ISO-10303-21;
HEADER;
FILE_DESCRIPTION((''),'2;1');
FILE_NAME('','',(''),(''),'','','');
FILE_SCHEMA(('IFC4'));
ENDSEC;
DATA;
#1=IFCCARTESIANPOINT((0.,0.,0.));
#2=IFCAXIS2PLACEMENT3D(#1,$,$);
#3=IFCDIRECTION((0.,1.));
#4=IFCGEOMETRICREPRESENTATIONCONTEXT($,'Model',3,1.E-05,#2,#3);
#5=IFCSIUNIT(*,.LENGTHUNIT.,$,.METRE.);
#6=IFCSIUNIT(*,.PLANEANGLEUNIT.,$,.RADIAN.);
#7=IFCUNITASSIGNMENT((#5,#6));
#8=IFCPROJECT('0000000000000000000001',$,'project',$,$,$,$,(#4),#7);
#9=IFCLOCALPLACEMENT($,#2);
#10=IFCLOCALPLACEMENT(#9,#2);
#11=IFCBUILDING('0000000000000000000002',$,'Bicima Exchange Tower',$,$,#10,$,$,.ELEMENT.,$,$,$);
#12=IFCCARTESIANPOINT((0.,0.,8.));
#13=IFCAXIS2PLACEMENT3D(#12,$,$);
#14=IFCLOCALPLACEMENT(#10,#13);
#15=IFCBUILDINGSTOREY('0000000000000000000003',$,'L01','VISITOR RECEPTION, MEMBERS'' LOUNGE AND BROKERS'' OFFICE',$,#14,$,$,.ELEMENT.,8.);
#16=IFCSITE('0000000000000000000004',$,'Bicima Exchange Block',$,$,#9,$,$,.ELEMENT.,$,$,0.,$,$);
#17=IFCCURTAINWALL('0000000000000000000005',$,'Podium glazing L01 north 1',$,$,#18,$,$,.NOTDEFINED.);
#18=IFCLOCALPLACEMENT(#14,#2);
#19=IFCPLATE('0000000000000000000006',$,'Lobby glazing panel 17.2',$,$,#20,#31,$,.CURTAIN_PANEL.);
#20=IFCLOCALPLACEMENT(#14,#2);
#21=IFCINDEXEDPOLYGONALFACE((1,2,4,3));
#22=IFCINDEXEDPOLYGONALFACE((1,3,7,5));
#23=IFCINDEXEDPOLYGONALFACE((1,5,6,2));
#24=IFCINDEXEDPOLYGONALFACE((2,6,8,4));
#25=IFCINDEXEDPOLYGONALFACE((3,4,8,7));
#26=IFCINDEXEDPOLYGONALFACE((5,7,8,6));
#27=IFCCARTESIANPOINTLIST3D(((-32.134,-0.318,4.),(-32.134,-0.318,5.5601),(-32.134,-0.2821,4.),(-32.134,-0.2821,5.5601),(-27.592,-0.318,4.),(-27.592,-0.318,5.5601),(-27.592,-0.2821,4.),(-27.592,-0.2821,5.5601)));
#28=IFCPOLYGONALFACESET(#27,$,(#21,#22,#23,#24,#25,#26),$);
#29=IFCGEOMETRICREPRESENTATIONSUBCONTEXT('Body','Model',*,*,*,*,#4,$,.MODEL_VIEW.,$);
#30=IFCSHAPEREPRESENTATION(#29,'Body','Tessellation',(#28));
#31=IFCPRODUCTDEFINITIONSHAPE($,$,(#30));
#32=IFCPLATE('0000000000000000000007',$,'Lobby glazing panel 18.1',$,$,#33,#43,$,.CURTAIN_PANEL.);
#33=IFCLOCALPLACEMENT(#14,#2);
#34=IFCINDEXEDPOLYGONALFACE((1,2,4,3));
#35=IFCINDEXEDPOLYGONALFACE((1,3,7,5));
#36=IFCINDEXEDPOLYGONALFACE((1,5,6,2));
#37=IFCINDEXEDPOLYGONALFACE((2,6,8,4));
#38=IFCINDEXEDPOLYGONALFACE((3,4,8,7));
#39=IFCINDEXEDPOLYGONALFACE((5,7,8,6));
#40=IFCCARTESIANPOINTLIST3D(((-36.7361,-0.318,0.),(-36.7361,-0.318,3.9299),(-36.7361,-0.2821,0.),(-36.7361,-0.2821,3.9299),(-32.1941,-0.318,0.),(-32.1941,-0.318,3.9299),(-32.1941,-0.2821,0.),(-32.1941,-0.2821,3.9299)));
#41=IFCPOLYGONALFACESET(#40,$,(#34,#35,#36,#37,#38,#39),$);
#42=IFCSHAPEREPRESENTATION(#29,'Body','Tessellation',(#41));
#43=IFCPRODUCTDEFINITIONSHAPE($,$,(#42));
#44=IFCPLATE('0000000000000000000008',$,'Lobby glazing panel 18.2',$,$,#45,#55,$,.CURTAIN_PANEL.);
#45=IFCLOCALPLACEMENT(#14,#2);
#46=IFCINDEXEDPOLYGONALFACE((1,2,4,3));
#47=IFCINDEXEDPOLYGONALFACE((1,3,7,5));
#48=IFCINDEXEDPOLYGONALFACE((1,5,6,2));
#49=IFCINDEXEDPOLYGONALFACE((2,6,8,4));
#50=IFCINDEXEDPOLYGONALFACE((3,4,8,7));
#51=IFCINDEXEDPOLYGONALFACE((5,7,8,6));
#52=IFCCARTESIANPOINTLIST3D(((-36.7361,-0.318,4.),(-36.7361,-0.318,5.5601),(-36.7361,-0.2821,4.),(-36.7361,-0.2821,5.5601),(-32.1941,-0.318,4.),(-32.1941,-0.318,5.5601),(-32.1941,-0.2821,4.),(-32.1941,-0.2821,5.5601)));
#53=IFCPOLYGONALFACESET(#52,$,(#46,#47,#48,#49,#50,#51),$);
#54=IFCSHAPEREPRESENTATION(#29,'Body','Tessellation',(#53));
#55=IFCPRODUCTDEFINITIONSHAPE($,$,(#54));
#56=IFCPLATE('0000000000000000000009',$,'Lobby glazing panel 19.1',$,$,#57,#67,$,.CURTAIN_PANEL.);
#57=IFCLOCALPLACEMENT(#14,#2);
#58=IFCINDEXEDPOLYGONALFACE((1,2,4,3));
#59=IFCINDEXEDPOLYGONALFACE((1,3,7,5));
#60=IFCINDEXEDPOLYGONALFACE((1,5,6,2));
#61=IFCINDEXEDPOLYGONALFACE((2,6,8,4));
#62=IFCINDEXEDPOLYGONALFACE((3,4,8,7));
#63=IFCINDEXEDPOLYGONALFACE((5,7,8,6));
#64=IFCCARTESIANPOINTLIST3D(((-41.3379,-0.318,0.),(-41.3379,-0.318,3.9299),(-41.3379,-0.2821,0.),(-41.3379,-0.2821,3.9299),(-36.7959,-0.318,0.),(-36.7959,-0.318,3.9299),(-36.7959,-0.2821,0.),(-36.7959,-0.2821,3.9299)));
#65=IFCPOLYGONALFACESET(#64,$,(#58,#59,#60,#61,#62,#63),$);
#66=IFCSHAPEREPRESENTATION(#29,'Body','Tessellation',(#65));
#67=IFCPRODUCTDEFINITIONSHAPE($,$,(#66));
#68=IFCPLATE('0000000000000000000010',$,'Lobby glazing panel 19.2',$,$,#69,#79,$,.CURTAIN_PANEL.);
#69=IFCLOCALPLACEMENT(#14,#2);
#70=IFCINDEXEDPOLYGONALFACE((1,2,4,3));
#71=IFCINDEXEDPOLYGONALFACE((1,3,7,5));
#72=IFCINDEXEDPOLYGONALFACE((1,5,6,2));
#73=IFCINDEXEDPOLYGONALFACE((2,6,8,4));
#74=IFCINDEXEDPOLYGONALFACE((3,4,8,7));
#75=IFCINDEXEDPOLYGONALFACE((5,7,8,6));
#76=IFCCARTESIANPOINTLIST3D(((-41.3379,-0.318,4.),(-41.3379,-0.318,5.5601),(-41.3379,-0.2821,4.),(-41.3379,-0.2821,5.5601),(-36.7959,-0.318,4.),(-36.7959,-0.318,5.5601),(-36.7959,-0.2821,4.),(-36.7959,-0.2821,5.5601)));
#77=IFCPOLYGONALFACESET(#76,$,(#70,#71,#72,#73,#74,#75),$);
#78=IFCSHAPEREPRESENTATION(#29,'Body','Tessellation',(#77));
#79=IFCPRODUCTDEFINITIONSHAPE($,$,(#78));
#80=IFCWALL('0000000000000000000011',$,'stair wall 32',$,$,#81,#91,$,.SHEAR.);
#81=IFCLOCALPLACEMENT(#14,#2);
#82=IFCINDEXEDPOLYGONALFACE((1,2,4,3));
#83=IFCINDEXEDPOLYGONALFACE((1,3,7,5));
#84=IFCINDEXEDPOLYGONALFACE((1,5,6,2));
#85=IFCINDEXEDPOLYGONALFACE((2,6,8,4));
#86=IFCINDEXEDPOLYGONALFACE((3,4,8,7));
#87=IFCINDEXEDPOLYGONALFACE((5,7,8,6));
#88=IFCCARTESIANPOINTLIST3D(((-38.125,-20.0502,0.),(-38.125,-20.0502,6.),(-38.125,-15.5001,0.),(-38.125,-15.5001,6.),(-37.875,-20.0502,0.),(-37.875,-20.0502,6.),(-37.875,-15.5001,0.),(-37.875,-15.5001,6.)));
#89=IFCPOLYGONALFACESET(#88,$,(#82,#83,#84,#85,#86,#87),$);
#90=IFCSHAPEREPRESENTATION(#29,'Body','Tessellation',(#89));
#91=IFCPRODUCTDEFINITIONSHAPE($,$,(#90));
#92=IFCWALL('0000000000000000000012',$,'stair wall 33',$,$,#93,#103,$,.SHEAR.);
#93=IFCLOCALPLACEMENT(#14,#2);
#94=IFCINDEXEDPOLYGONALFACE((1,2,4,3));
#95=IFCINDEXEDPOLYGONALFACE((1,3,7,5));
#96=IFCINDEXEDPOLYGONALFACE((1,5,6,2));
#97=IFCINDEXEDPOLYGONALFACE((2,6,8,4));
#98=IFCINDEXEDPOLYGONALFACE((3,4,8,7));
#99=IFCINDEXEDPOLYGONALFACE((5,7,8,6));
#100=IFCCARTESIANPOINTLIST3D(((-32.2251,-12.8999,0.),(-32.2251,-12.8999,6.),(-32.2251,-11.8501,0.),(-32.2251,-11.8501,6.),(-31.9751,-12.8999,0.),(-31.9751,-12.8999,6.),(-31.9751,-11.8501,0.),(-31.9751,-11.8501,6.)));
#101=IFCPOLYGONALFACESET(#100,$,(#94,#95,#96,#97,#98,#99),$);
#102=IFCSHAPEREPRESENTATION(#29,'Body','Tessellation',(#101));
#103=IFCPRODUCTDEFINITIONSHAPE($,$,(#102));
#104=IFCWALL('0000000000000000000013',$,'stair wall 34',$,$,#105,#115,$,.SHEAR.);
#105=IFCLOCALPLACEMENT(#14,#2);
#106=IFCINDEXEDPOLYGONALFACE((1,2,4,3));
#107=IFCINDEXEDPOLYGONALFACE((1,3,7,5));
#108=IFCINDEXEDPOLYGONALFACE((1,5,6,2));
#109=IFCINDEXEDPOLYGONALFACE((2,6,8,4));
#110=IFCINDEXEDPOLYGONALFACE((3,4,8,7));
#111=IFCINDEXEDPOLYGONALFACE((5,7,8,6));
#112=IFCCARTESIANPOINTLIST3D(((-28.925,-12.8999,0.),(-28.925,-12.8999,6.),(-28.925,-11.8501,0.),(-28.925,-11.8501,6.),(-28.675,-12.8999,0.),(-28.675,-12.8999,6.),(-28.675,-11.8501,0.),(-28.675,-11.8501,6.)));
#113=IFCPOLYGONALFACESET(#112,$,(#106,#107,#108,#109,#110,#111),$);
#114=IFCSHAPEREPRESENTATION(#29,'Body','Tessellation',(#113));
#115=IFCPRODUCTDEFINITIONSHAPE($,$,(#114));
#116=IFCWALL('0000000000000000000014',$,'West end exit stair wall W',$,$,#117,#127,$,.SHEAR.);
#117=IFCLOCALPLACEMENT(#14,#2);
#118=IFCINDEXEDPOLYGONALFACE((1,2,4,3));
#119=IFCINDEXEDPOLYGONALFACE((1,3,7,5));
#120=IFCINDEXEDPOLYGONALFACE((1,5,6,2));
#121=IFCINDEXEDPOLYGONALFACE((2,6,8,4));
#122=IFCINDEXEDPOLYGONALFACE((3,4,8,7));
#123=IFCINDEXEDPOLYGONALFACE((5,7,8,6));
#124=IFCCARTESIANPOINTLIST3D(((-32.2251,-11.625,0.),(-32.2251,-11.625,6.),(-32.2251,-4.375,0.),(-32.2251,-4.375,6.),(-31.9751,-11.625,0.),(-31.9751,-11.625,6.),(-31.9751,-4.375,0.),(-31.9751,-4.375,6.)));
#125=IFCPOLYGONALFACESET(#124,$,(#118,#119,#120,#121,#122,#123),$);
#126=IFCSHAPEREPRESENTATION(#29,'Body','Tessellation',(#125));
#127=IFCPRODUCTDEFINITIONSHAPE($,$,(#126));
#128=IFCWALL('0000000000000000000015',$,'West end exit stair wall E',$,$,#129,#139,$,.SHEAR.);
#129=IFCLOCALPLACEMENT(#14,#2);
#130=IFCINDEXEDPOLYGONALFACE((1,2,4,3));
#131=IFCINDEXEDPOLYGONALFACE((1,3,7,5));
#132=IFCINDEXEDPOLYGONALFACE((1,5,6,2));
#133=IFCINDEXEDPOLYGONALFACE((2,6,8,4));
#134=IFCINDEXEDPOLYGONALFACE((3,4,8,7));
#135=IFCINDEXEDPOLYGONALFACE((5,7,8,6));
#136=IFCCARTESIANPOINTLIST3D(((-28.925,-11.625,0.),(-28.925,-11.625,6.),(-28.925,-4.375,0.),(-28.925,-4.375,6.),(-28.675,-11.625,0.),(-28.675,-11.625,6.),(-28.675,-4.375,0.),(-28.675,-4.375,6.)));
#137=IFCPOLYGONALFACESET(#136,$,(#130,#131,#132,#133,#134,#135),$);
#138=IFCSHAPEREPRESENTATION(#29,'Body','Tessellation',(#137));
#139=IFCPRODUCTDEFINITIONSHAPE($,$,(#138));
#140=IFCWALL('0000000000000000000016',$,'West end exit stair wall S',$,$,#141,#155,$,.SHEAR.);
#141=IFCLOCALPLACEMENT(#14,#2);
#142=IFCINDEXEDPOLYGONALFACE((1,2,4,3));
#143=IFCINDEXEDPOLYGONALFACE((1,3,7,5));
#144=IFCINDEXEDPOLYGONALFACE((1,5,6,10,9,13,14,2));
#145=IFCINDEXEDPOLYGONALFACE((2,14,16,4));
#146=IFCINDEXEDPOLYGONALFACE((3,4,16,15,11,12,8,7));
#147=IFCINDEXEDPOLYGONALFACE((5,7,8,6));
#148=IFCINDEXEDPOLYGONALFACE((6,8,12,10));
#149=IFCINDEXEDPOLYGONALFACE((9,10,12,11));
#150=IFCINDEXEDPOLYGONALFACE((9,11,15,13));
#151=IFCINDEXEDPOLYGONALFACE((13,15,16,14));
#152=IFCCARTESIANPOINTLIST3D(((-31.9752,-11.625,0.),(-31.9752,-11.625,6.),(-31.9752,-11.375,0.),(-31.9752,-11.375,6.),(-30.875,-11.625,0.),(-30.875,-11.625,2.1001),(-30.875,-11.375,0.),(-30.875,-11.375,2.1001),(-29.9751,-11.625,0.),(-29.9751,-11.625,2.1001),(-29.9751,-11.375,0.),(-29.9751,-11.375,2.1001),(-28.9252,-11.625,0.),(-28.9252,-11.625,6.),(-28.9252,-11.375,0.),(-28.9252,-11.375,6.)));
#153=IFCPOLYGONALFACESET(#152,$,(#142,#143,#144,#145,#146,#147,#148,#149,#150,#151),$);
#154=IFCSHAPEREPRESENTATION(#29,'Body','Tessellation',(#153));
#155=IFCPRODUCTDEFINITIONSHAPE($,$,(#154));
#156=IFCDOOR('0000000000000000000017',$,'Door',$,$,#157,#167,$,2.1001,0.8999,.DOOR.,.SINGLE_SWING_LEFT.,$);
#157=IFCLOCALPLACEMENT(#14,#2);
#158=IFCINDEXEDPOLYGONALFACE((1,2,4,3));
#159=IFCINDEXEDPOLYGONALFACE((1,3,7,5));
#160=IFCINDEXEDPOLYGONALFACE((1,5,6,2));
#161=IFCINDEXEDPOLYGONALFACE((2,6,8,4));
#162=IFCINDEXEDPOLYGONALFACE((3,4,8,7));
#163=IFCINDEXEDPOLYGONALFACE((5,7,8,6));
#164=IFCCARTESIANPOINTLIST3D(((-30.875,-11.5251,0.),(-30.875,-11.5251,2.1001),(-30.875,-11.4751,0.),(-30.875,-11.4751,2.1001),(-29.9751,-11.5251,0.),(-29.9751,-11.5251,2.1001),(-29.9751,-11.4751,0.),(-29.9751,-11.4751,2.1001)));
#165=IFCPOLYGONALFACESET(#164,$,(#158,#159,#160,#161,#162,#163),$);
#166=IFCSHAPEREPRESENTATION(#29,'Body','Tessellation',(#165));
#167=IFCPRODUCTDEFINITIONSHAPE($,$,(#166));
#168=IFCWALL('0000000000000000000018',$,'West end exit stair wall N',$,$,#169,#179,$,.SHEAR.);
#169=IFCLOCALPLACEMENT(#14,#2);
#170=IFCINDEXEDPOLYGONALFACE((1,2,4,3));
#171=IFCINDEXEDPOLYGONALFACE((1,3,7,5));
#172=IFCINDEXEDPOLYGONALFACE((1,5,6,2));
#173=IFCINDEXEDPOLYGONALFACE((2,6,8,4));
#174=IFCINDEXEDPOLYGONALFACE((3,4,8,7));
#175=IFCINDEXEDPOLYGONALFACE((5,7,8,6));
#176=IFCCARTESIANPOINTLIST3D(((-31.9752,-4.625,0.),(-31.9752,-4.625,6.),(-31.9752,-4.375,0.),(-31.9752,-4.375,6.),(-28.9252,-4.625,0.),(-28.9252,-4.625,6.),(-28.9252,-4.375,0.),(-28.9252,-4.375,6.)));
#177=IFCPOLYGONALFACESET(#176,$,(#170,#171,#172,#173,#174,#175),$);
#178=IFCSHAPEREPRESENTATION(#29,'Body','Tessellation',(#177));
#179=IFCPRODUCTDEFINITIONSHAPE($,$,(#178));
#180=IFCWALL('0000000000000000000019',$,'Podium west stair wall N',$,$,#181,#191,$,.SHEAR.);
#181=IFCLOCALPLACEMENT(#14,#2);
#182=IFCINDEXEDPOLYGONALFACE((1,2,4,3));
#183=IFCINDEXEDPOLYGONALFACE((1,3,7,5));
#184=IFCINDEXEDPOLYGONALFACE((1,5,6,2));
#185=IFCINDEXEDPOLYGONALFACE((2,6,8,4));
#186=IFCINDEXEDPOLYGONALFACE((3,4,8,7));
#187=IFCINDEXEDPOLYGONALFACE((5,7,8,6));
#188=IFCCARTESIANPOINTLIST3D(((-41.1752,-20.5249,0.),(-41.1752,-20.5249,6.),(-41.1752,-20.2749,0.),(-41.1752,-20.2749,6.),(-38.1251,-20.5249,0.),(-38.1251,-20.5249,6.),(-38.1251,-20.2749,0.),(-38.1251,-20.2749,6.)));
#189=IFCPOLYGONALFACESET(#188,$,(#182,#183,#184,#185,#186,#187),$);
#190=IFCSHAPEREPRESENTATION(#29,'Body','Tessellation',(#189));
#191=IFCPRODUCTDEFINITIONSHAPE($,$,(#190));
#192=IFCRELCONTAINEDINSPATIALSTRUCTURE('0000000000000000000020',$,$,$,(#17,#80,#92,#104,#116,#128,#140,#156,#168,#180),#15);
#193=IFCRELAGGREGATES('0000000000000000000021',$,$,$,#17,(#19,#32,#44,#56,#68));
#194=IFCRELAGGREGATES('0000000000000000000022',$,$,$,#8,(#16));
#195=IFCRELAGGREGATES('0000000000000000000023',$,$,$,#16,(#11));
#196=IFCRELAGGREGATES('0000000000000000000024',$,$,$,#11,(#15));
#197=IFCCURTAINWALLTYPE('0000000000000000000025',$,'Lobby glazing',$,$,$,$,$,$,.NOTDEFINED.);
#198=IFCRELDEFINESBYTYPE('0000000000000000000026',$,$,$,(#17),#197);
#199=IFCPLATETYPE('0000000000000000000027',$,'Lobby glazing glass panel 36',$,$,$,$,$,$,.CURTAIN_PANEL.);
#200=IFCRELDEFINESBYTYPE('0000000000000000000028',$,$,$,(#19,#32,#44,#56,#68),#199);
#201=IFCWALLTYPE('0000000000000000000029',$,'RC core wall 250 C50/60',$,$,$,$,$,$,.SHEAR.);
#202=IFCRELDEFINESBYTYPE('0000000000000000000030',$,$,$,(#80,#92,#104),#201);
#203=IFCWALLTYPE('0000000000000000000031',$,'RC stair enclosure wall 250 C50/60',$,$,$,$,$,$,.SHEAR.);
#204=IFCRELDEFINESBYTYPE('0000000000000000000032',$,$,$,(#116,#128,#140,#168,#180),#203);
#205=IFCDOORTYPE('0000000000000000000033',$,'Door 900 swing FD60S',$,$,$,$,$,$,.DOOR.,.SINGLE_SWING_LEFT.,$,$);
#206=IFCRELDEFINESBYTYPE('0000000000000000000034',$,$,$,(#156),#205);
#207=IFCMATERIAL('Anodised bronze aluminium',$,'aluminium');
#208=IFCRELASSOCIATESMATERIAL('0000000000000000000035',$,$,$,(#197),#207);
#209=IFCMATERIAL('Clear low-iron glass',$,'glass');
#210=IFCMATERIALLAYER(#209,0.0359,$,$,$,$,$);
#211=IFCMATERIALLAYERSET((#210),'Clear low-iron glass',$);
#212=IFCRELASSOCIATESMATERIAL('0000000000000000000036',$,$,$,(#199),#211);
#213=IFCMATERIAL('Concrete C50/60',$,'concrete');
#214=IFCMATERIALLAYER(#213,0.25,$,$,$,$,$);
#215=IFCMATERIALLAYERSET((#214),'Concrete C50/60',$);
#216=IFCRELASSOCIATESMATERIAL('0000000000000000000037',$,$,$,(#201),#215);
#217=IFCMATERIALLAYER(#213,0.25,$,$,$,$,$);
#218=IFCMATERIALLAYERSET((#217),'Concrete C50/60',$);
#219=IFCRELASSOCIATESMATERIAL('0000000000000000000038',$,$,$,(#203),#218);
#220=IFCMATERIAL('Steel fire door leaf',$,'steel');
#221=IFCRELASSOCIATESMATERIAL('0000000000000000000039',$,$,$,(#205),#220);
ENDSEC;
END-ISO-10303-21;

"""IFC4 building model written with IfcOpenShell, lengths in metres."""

from ifc_helpers import new_model, si_unit, direction, frame, frame_2d, origin, origin_2d, place, context, subcontext, project, spatial, rectangle, extrude, material, layer, layer_set, type_object, element, fill, aggregate, save


model = new_model("IFC4")

# Units and contexts
model_context = context("Model", 3, precision=1e-05, world=origin(), true_north=direction((0.0, 1.0)))
body_context = subcontext(model_context, "Body", "Model", "MODEL_VIEW")
ifc_project = project(units=[si_unit("LENGTHUNIT", "METRE"), si_unit("PLANEANGLEUNIT", "RADIAN")], contexts=[model_context])

# Site, building, storey
site_placement = place(None, origin())
site = spatial("IfcSite", under=ifc_project, at=site_placement, Name="Bicima Exchange Block", CompositionType="ELEMENT", RefElevation=0.0)
building_placement = place(site_placement, origin())
building = spatial("IfcBuilding", under=site, at=building_placement, Name="Bicima Exchange Tower", CompositionType="ELEMENT")
storey_placement = place(building_placement, frame((0.0, 0.0, 8.0)))
storey = spatial("IfcBuildingStorey", under=building, at=storey_placement, Name="L01", Description="VISITOR RECEPTION, MEMBERS' LOUNGE AND BROKERS' OFFICE", CompositionType="ELEMENT", Elevation=8.0)

# Curtain wall, plates
ifc_material_1 = material(Name="Anodised bronze aluminium", Category="aluminium")
curtain_wall_type = type_object("IfcCurtainWallType", Name="Lobby glazing", PredefinedType="NOTDEFINED", material=ifc_material_1)
curtain_wall_placement = place(storey_placement, origin())
curtain_wall = element("IfcCurtainWall", 1, at=curtain_wall_placement, inside=storey, type_object=curtain_wall_type, Name="Podium glazing L01 north 1", PredefinedType="NOTDEFINED")
ifc_material_2 = material(Name="Clear low-iron glass", Category="glass")
ifc_layer_1 = layer(ifc_material_2, 0.0359)
ifc_layer_set_1 = layer_set([ifc_layer_1], Name="Clear low-iron glass")
plate_type = type_object("IfcPlateType", Name="Lobby glazing glass panel 36", PredefinedType="CURTAIN_PANEL", material=ifc_layer_set_1)
plate_1_placement = place(storey_placement, frame((-29.863, -0.3, 4.0), z_axis=(0.0, 0.0, 1.0), x_axis=(-1.0, 0.0, 0.0)))
plate_1 = element("IfcPlate", 2, at=plate_1_placement, type_object=plate_type, Name="Lobby glazing panel 17.2", PredefinedType="CURTAIN_PANEL", context=body_context, shape_type="SweptSolid", body=[
    extrude(rectangle(XDim=4.542, YDim=0.0359, at=origin_2d()), origin(), (0.0, 0.0, 1.0), 1.5601),
])
plate_2_placement = place(storey_placement, frame((-34.4651, -0.3, 0.0), z_axis=(0.0, 0.0, 1.0), x_axis=(-1.0, 0.0, 0.0)))
plate_2 = element("IfcPlate", 3, at=plate_2_placement, type_object=plate_type, Name="Lobby glazing panel 18.1", PredefinedType="CURTAIN_PANEL", context=body_context, shape_type="SweptSolid", body=[
    extrude(rectangle(XDim=4.542, YDim=0.0359, at=origin_2d()), origin(), (0.0, 0.0, 1.0), 3.9299),
])
plate_3_placement = place(storey_placement, frame((-34.4651, -0.3, 4.0), z_axis=(0.0, 0.0, 1.0), x_axis=(-1.0, 0.0, 0.0)))
plate_3 = element("IfcPlate", 4, at=plate_3_placement, type_object=plate_type, Name="Lobby glazing panel 18.2", PredefinedType="CURTAIN_PANEL", context=body_context, shape_type="SweptSolid", body=[
    extrude(rectangle(XDim=4.542, YDim=0.0359, at=origin_2d()), origin(), (0.0, 0.0, 1.0), 1.5601),
])
plate_4_placement = place(storey_placement, frame((-39.0669, -0.3, 0.0), z_axis=(0.0, 0.0, 1.0), x_axis=(-1.0, 0.0, 0.0)))
plate_4 = element("IfcPlate", 5, at=plate_4_placement, type_object=plate_type, Name="Lobby glazing panel 19.1", PredefinedType="CURTAIN_PANEL", context=body_context, shape_type="SweptSolid", body=[
    extrude(rectangle(XDim=4.542, YDim=0.0359, at=origin_2d()), origin(), (0.0, 0.0, 1.0), 3.9299),
])
plate_5_placement = place(storey_placement, frame((-39.0669, -0.3, 4.0), z_axis=(0.0, 0.0, 1.0), x_axis=(-1.0, 0.0, 0.0)))
plate_5 = element("IfcPlate", 6, at=plate_5_placement, type_object=plate_type, Name="Lobby glazing panel 19.2", PredefinedType="CURTAIN_PANEL", context=body_context, shape_type="SweptSolid", body=[
    extrude(rectangle(XDim=4.542, YDim=0.0359, at=origin_2d()), origin(), (0.0, 0.0, 1.0), 1.5601),
])
aggregate(curtain_wall, [plate_1, plate_2, plate_3, plate_4, plate_5])

# Walls
ifc_material_3 = material(Name="Concrete C50/60", Category="concrete")
ifc_layer_2 = layer(ifc_material_3, 0.25)
ifc_layer_set_2 = layer_set([ifc_layer_2], Name="Concrete C50/60")
wall_type_1 = type_object("IfcWallType", Name="RC core wall 250 C50/60", PredefinedType="SHEAR", material=ifc_layer_set_2)
wall_1_placement = place(storey_placement, frame((-38.0, -20.05, 0.0), z_axis=(0.0, 0.0, 1.0), x_axis=(0.0, 1.0, 0.0)))
element("IfcWall", 7, at=wall_1_placement, inside=storey, type_object=wall_type_1, Name="stair wall 32", PredefinedType="SHEAR", context=body_context, shape_type="SweptSolid", body=[
    extrude(rectangle(XDim=4.55, YDim=0.25, at=frame_2d((2.2749, 0.0))), origin(), (0.0, 0.0, 1.0), 6.0),
])
for number, where, z_axis, x_axis, name in (
    (8, (-32.1001, -12.8999, 0.0), (0.0, 0.0, 1.0), (0.0, 1.0, 0.0), "stair wall 33"),
    (9, (-28.8, -12.8999, 0.0), (0.0, 0.0, 1.0), (0.0, 1.0, 0.0), "stair wall 34"),
):
    element("IfcWall", number, at=place(storey_placement, frame(where, z_axis=z_axis, x_axis=x_axis)), inside=storey, type_object=wall_type_1, Name=name, PredefinedType="SHEAR", context=body_context, shape_type="SweptSolid", body=[
        extrude(rectangle(XDim=1.0498, YDim=0.25, at=frame_2d((0.5249, 0.0))), origin(), (0.0, 0.0, 1.0), 6.0),
    ])
ifc_layer_3 = layer(ifc_material_3, 0.25)
ifc_layer_set_3 = layer_set([ifc_layer_3], Name="Concrete C50/60")
wall_type_2 = type_object("IfcWallType", Name="RC stair enclosure wall 250 C50/60", PredefinedType="SHEAR", material=ifc_layer_set_3)
for number, where, z_axis, x_axis, name in (
    (10, (-32.1001, -11.625, 0.0), (0.0, 0.0, 1.0), (0.0, 1.0, 0.0), "West end exit stair wall W"),
    (11, (-28.8, -11.625, 0.0), (0.0, 0.0, 1.0), (0.0, 1.0, 0.0), "West end exit stair wall E"),
):
    element("IfcWall", number, at=place(storey_placement, frame(where, z_axis=z_axis, x_axis=x_axis)), inside=storey, type_object=wall_type_2, Name=name, PredefinedType="SHEAR", context=body_context, shape_type="SweptSolid", body=[
        extrude(rectangle(XDim=7.25, YDim=0.25, at=frame_2d((3.625, 0.0))), origin(), (0.0, 0.0, 1.0), 6.0),
    ])

# Wall, opening, door
wall_2_placement = place(storey_placement, frame((-31.9751, -11.5, 0.0), z_axis=(0.0, 0.0, 1.0), x_axis=(1.0, 0.0, 0.0)))
wall_2 = element("IfcWall", 12, at=wall_2_placement, inside=storey, type_object=wall_type_2, Name="West end exit stair wall S", PredefinedType="SHEAR", context=body_context, shape_type="SweptSolid", body=[
    extrude(rectangle(XDim=3.05, YDim=0.25, at=frame_2d((1.5249, 0.0))), origin(), (0.0, 0.0, 1.0), 6.0),
])
opening_placement = place(wall_2_placement, frame((1.1001, 0.0, 0.0)))
opening = element("IfcOpeningElement", 13, at=opening_placement, cuts=wall_2, PredefinedType="OPENING", context=body_context, shape_type="SweptSolid", body=[
    extrude(rectangle(XDim=0.8999, YDim=2.1001, at=frame_2d((0.45, 1.05))), frame((0.0, 0.137, 0.0), z_axis=(0.0, -1.0, 0.0), x_axis=(1.0, 0.0, 0.0)), (0.0, 0.0, 1.0), 0.2739),
])
ifc_material_4 = material(Name="Steel fire door leaf", Category="steel")
door_type = type_object("IfcDoorType", Name="Door 900 swing FD60S", OperationType="SINGLE_SWING_LEFT", PredefinedType="DOOR", material=ifc_material_4)
door_placement = place(opening_placement, origin())
door = element("IfcDoor", 14, at=door_placement, inside=storey, type_object=door_type, Name="Door", OperationType="SINGLE_SWING_LEFT", OverallHeight=2.1001, OverallWidth=0.8999, PredefinedType="DOOR", context=body_context, shape_type="SweptSolid", body=[
    extrude(rectangle(XDim=0.8999, YDim=2.1001, at=frame_2d((0.45, 1.05))), frame((0.0, 0.0249, 0.0), z_axis=(0.0, -1.0, 0.0), x_axis=(1.0, 0.0, 0.0)), (0.0, 0.0, 1.0), 0.05),
])
fill(opening, door)

# Walls
for number, where, z_axis, x_axis, name in (
    (15, (-31.9751, -4.5, 0.0), (0.0, 0.0, 1.0), (1.0, 0.0, 0.0), "West end exit stair wall N"),
    (16, (-41.175, -20.3999, 0.0), (0.0, 0.0, 1.0), (1.0, 0.0, 0.0), "Podium west stair wall N"),
):
    element("IfcWall", number, at=place(storey_placement, frame(where, z_axis=z_axis, x_axis=x_axis)), inside=storey, type_object=wall_type_2, Name=name, PredefinedType="SHEAR", context=body_context, shape_type="SweptSolid", body=[
        extrude(rectangle(XDim=3.05, YDim=0.25, at=frame_2d((1.5249, 0.0))), origin(), (0.0, 0.0, 1.0), 6.0),
    ])

save(model, "model.ifc")
